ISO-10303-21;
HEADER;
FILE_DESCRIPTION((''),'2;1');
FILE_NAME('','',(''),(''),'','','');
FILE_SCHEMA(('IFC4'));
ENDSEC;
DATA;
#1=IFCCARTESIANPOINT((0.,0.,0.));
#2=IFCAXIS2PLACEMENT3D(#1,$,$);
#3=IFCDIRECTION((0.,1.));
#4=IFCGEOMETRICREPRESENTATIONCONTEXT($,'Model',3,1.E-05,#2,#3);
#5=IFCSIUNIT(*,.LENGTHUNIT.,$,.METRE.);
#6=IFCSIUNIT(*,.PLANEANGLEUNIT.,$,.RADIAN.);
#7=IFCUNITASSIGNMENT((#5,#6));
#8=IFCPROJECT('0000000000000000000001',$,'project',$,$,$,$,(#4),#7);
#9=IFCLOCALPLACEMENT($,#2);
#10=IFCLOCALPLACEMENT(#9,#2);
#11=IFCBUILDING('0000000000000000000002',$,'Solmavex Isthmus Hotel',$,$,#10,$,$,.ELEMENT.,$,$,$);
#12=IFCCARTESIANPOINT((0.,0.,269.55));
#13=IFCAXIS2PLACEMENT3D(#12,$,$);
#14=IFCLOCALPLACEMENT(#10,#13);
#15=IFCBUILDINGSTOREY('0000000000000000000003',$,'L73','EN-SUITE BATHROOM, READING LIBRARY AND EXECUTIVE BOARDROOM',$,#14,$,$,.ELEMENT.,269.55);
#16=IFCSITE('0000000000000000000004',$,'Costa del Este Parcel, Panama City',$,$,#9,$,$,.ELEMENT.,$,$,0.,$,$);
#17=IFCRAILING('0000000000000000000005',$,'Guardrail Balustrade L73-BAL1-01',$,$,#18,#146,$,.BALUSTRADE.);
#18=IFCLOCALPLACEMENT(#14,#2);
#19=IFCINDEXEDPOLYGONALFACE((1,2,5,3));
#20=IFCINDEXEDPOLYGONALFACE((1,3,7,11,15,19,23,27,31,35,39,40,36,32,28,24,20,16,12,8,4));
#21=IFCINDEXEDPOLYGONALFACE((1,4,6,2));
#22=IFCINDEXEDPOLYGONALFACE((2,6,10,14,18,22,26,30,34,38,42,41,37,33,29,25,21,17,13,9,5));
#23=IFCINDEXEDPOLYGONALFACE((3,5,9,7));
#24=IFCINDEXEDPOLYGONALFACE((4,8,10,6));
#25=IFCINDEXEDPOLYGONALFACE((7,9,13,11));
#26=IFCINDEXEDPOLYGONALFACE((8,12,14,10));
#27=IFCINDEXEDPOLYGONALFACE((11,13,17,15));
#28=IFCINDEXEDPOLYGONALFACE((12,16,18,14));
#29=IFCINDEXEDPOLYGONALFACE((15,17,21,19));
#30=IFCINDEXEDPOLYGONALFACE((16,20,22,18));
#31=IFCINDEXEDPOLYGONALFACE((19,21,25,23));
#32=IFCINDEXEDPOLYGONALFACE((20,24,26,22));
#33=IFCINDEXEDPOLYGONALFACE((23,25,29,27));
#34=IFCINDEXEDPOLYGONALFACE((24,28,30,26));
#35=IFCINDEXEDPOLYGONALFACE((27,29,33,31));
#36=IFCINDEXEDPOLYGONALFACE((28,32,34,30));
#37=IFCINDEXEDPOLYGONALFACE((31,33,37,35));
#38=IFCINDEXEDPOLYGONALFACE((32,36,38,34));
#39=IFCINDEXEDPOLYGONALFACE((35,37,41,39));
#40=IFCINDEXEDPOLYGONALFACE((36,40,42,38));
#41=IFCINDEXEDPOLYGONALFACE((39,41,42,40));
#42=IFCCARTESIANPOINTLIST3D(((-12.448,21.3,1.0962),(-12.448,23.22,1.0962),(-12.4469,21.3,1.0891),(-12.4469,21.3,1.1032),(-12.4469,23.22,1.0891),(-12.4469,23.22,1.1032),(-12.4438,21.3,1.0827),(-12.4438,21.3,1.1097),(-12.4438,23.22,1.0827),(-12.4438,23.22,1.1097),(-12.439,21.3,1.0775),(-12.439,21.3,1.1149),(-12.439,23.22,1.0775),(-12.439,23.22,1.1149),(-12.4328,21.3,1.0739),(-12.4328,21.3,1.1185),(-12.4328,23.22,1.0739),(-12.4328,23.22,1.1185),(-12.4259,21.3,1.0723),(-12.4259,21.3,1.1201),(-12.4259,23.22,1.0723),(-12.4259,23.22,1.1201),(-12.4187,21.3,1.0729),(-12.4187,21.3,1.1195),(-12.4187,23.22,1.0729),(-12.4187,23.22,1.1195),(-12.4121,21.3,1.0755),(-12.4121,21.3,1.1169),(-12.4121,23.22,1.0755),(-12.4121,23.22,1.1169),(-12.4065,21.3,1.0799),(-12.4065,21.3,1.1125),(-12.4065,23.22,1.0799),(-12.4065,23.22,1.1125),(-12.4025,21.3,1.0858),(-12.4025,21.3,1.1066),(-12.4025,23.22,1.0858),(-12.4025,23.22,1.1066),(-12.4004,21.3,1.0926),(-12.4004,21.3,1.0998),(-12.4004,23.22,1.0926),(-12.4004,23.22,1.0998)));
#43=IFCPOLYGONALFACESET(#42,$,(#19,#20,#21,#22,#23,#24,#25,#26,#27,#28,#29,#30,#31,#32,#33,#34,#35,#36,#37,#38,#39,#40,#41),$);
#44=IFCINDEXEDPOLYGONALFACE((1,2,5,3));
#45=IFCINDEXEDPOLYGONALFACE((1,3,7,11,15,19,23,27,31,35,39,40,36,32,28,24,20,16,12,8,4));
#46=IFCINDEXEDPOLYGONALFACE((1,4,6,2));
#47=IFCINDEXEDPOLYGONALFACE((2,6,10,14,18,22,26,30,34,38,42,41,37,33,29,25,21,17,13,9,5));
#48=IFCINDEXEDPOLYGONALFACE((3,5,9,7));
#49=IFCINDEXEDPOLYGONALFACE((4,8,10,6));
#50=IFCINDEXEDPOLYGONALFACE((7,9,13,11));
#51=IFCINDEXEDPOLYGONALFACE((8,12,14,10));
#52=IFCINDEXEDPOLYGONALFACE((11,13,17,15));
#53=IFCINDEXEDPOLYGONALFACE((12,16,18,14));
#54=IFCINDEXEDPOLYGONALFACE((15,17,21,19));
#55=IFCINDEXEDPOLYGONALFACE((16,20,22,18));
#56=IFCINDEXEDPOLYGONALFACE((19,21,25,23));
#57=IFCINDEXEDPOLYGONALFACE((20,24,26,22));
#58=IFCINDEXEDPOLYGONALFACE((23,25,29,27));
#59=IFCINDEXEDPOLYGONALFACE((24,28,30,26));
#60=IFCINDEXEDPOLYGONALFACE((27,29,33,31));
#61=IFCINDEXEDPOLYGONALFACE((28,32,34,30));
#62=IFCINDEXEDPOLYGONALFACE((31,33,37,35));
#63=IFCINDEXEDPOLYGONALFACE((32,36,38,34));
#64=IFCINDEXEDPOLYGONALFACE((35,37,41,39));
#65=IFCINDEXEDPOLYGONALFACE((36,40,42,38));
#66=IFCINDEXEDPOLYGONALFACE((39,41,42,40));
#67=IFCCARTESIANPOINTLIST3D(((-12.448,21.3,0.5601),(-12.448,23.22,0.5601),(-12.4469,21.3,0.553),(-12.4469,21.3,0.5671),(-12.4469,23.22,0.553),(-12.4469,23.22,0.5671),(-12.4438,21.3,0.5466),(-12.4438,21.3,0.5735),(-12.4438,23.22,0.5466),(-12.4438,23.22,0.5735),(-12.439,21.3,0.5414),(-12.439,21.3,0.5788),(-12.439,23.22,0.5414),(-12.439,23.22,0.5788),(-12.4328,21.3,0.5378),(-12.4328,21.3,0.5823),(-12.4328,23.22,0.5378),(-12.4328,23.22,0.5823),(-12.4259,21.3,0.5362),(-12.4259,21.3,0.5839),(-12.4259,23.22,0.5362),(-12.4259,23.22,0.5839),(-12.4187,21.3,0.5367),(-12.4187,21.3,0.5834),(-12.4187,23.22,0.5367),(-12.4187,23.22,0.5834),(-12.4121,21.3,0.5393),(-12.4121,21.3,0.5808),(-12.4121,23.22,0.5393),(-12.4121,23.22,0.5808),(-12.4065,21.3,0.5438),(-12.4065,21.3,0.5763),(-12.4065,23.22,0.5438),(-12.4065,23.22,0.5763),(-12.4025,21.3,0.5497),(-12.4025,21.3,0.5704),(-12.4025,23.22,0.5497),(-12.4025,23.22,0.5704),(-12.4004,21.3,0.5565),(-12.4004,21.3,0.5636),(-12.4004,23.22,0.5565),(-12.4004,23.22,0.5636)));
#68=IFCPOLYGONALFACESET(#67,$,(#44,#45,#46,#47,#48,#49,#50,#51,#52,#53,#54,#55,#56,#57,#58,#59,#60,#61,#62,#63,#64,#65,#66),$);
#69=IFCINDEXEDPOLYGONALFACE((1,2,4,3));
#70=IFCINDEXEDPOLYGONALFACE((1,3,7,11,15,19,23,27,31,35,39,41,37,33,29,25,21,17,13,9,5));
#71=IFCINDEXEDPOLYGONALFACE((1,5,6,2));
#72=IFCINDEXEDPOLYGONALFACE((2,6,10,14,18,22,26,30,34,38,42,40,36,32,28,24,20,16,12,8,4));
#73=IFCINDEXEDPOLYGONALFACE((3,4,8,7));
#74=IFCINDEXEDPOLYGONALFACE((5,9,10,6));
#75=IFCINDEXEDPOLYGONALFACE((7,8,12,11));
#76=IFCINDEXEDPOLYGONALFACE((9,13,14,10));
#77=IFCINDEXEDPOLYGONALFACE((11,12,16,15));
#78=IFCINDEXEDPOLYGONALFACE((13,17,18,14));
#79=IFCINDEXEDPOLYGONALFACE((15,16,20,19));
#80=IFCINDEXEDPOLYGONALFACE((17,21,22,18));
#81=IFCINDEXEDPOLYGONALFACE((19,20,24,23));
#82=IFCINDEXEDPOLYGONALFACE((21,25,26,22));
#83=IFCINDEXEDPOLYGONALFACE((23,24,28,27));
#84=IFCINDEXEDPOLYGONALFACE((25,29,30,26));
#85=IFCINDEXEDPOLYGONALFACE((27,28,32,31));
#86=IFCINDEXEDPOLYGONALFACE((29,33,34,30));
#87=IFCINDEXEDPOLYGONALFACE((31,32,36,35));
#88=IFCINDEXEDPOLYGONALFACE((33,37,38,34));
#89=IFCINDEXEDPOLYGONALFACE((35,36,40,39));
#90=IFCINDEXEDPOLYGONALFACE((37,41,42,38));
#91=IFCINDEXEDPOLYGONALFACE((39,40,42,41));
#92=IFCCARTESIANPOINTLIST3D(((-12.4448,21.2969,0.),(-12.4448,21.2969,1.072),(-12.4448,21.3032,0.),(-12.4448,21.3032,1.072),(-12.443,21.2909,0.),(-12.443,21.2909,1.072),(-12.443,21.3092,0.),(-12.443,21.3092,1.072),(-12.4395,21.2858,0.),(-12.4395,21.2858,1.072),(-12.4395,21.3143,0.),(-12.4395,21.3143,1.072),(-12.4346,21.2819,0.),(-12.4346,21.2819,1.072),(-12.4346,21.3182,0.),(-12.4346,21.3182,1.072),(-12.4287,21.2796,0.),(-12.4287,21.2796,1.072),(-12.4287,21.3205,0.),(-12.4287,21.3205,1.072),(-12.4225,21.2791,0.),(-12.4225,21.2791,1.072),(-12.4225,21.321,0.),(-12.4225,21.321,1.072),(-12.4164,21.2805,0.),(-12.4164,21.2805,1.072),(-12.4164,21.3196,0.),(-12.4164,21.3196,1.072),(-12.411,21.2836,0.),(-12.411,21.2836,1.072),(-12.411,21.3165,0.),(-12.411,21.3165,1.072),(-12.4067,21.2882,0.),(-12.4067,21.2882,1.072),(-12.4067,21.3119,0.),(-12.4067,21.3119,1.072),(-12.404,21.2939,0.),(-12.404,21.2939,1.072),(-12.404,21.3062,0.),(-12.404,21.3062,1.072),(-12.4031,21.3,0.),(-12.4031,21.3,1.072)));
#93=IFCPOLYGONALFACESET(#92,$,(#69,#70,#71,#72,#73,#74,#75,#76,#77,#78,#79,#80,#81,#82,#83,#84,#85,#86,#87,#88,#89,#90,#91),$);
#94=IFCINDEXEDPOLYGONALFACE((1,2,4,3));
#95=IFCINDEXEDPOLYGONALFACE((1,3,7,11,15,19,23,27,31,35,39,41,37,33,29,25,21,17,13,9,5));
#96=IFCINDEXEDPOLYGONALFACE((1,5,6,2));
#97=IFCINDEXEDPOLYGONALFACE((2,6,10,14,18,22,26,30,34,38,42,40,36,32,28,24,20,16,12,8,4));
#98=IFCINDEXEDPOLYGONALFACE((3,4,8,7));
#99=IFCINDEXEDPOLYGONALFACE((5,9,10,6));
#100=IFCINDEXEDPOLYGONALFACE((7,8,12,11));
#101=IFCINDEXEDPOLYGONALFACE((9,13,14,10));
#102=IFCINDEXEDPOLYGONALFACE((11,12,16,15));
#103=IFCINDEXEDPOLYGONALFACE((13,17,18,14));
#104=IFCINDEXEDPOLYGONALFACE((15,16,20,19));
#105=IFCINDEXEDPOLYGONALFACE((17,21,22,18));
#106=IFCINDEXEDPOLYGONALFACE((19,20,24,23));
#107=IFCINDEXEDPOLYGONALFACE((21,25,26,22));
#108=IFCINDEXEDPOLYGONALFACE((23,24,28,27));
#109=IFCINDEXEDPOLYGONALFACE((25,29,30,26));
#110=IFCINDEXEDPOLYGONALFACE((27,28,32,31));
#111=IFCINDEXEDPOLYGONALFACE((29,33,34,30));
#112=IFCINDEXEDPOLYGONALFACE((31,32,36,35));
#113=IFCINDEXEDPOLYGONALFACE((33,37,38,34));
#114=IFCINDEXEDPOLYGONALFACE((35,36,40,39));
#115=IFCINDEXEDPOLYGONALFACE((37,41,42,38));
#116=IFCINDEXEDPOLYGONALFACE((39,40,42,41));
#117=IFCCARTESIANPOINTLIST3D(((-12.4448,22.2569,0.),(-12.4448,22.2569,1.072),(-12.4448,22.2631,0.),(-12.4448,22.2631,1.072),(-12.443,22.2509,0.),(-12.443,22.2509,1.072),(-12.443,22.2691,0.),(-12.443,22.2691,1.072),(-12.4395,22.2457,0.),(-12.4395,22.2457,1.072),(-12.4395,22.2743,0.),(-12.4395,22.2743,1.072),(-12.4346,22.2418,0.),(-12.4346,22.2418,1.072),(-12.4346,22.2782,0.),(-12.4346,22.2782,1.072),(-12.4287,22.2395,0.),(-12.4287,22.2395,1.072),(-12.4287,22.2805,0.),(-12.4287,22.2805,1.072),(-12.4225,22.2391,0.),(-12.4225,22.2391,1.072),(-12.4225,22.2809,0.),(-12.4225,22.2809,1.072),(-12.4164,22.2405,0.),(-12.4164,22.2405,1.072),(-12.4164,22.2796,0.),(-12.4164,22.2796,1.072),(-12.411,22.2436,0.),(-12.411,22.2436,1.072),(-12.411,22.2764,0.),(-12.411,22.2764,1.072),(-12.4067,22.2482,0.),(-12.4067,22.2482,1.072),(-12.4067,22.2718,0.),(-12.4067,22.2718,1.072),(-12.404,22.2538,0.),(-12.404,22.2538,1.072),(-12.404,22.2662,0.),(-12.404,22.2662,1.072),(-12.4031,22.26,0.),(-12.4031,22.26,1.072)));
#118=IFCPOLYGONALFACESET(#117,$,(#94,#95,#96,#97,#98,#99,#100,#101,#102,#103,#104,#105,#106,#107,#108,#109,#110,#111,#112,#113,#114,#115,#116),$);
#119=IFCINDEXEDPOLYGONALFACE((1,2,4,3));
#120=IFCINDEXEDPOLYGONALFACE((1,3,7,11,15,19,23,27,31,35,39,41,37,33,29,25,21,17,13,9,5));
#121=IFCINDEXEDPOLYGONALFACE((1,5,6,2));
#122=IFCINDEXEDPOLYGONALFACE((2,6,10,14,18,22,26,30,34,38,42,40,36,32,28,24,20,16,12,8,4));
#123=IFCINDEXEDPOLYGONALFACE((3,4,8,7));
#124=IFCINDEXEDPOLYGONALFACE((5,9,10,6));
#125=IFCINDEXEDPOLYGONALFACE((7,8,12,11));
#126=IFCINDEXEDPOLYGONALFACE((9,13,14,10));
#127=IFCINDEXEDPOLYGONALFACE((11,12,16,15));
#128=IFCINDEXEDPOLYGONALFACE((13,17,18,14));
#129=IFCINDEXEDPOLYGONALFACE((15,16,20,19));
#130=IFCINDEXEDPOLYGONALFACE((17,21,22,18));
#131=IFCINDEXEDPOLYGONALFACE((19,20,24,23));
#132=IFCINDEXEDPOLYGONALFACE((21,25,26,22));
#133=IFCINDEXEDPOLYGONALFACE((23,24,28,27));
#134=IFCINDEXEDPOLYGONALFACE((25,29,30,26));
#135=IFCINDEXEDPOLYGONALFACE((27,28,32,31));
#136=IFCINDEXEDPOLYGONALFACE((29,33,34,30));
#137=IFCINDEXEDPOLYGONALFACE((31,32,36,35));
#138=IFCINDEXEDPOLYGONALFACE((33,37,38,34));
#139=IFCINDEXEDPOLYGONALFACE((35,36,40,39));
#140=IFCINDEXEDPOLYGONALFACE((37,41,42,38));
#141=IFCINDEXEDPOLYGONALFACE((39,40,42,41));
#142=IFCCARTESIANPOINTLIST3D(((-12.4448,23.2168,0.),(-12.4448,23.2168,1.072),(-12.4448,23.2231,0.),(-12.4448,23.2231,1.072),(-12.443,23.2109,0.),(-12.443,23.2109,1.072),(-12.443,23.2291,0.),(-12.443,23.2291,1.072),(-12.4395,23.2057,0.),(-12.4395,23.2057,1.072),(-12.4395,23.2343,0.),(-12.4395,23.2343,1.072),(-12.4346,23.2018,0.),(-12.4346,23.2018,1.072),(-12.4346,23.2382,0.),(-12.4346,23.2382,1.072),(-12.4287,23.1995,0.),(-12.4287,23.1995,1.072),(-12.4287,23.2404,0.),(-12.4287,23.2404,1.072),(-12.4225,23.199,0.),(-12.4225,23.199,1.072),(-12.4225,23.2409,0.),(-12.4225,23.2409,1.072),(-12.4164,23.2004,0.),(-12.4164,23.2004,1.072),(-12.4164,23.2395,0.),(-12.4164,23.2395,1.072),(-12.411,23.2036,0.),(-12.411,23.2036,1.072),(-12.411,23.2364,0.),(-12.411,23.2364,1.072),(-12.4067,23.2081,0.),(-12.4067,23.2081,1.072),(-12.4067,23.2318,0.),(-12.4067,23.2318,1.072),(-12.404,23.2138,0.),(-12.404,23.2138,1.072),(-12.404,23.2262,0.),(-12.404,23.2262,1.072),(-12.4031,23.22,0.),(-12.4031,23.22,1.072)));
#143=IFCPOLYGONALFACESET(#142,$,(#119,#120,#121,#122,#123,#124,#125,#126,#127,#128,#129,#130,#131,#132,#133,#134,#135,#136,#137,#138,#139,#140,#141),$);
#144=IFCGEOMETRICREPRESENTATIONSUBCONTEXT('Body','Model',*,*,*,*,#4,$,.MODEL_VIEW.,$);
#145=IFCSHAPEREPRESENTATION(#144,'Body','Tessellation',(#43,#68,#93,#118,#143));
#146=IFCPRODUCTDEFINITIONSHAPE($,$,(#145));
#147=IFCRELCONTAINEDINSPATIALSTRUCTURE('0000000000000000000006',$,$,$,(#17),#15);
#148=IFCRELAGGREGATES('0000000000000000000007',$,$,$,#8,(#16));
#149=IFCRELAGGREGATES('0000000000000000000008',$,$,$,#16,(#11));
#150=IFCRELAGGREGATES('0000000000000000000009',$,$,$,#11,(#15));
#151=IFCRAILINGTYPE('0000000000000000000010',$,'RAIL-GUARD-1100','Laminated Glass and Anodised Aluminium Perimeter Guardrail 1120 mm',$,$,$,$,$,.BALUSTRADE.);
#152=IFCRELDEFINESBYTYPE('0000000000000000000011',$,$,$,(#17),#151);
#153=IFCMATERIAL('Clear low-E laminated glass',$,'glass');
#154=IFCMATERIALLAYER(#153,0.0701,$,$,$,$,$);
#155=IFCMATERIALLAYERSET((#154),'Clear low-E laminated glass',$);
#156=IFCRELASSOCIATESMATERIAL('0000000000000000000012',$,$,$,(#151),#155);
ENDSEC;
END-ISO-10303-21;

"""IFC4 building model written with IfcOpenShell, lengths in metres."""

from ifc_helpers import new_model, si_unit, direction, frame, origin, origin_2d, place, context, subcontext, project, spatial, circle, extrude, material, layer, layer_set, type_object, element, save


model = new_model("IFC4")

# Units and contexts
model_context = context("Model", 3, precision=1e-05, world=origin(), true_north=direction((0.0, 1.0)))
body_context = subcontext(model_context, "Body", "Model", "MODEL_VIEW")
ifc_project = project(units=[si_unit("LENGTHUNIT", "METRE"), si_unit("PLANEANGLEUNIT", "RADIAN")], contexts=[model_context])

# Site, building, storey
site_placement = place(None, origin())
site = spatial("IfcSite", under=ifc_project, at=site_placement, Name="Costa del Este Parcel, Panama City", CompositionType="ELEMENT", RefElevation=0.0)
building_placement = place(site_placement, origin())
building = spatial("IfcBuilding", under=site, at=building_placement, Name="Solmavex Isthmus Hotel", CompositionType="ELEMENT")
storey_placement = place(building_placement, frame((0.0, 0.0, 269.55)))
storey = spatial("IfcBuildingStorey", under=building, at=storey_placement, Name="L73", Description="EN-SUITE BATHROOM, READING LIBRARY AND EXECUTIVE BOARDROOM", CompositionType="ELEMENT", Elevation=269.55)

# Shared definitions
ifc_material_1 = material(Name="Clear low-E laminated glass", Category="glass")

# Railing
ifc_layer_1 = layer(ifc_material_1, 0.0701)
ifc_layer_set_1 = layer_set([ifc_layer_1], Name="Clear low-E laminated glass")
railing_type_1 = type_object("IfcRailingType", Name="RAIL-GUARD-1100", Description="Laminated Glass and Anodised Aluminium Perimeter Guardrail 1120 mm", PredefinedType="BALUSTRADE", material=ifc_layer_set_1)
railing_1_placement = place(storey_placement, frame((-12.4241, 21.3, 0.0)))
element("IfcRailing", 1, at=railing_1_placement, inside=storey, type_object=railing_type_1, Name="Guardrail Balustrade L73-BAL1-01", PredefinedType="BALUSTRADE", context=body_context, shape_type="SweptSolid", body=[
    extrude(circle(Radius=0.0239, at=origin_2d()), frame((0.0, 0.0, 1.0962), z_axis=(0.0, 1.0, 0.0), x_axis=(-1.0, 0.0, 0.0)), (0.0, 0.0, 1.0), 1.9199),
    extrude(circle(Radius=0.0239, at=origin_2d()), frame((0.0, 0.0, 0.5601), z_axis=(0.0, 1.0, 0.0), x_axis=(-1.0, 0.0, 0.0)), (0.0, 0.0, 1.0), 1.9199),
    extrude(circle(Radius=0.021, at=origin_2d()), origin(), (0.0, 0.0, 1.0), 1.072),
    extrude(circle(Radius=0.021, at=origin_2d()), frame((0.0, 0.96, 0.0)), (0.0, 0.0, 1.0), 1.072),
    extrude(circle(Radius=0.021, at=origin_2d()), frame((0.0, 1.9199, 0.0)), (0.0, 0.0, 1.0), 1.072),
])

save(model, "model.ifc")
